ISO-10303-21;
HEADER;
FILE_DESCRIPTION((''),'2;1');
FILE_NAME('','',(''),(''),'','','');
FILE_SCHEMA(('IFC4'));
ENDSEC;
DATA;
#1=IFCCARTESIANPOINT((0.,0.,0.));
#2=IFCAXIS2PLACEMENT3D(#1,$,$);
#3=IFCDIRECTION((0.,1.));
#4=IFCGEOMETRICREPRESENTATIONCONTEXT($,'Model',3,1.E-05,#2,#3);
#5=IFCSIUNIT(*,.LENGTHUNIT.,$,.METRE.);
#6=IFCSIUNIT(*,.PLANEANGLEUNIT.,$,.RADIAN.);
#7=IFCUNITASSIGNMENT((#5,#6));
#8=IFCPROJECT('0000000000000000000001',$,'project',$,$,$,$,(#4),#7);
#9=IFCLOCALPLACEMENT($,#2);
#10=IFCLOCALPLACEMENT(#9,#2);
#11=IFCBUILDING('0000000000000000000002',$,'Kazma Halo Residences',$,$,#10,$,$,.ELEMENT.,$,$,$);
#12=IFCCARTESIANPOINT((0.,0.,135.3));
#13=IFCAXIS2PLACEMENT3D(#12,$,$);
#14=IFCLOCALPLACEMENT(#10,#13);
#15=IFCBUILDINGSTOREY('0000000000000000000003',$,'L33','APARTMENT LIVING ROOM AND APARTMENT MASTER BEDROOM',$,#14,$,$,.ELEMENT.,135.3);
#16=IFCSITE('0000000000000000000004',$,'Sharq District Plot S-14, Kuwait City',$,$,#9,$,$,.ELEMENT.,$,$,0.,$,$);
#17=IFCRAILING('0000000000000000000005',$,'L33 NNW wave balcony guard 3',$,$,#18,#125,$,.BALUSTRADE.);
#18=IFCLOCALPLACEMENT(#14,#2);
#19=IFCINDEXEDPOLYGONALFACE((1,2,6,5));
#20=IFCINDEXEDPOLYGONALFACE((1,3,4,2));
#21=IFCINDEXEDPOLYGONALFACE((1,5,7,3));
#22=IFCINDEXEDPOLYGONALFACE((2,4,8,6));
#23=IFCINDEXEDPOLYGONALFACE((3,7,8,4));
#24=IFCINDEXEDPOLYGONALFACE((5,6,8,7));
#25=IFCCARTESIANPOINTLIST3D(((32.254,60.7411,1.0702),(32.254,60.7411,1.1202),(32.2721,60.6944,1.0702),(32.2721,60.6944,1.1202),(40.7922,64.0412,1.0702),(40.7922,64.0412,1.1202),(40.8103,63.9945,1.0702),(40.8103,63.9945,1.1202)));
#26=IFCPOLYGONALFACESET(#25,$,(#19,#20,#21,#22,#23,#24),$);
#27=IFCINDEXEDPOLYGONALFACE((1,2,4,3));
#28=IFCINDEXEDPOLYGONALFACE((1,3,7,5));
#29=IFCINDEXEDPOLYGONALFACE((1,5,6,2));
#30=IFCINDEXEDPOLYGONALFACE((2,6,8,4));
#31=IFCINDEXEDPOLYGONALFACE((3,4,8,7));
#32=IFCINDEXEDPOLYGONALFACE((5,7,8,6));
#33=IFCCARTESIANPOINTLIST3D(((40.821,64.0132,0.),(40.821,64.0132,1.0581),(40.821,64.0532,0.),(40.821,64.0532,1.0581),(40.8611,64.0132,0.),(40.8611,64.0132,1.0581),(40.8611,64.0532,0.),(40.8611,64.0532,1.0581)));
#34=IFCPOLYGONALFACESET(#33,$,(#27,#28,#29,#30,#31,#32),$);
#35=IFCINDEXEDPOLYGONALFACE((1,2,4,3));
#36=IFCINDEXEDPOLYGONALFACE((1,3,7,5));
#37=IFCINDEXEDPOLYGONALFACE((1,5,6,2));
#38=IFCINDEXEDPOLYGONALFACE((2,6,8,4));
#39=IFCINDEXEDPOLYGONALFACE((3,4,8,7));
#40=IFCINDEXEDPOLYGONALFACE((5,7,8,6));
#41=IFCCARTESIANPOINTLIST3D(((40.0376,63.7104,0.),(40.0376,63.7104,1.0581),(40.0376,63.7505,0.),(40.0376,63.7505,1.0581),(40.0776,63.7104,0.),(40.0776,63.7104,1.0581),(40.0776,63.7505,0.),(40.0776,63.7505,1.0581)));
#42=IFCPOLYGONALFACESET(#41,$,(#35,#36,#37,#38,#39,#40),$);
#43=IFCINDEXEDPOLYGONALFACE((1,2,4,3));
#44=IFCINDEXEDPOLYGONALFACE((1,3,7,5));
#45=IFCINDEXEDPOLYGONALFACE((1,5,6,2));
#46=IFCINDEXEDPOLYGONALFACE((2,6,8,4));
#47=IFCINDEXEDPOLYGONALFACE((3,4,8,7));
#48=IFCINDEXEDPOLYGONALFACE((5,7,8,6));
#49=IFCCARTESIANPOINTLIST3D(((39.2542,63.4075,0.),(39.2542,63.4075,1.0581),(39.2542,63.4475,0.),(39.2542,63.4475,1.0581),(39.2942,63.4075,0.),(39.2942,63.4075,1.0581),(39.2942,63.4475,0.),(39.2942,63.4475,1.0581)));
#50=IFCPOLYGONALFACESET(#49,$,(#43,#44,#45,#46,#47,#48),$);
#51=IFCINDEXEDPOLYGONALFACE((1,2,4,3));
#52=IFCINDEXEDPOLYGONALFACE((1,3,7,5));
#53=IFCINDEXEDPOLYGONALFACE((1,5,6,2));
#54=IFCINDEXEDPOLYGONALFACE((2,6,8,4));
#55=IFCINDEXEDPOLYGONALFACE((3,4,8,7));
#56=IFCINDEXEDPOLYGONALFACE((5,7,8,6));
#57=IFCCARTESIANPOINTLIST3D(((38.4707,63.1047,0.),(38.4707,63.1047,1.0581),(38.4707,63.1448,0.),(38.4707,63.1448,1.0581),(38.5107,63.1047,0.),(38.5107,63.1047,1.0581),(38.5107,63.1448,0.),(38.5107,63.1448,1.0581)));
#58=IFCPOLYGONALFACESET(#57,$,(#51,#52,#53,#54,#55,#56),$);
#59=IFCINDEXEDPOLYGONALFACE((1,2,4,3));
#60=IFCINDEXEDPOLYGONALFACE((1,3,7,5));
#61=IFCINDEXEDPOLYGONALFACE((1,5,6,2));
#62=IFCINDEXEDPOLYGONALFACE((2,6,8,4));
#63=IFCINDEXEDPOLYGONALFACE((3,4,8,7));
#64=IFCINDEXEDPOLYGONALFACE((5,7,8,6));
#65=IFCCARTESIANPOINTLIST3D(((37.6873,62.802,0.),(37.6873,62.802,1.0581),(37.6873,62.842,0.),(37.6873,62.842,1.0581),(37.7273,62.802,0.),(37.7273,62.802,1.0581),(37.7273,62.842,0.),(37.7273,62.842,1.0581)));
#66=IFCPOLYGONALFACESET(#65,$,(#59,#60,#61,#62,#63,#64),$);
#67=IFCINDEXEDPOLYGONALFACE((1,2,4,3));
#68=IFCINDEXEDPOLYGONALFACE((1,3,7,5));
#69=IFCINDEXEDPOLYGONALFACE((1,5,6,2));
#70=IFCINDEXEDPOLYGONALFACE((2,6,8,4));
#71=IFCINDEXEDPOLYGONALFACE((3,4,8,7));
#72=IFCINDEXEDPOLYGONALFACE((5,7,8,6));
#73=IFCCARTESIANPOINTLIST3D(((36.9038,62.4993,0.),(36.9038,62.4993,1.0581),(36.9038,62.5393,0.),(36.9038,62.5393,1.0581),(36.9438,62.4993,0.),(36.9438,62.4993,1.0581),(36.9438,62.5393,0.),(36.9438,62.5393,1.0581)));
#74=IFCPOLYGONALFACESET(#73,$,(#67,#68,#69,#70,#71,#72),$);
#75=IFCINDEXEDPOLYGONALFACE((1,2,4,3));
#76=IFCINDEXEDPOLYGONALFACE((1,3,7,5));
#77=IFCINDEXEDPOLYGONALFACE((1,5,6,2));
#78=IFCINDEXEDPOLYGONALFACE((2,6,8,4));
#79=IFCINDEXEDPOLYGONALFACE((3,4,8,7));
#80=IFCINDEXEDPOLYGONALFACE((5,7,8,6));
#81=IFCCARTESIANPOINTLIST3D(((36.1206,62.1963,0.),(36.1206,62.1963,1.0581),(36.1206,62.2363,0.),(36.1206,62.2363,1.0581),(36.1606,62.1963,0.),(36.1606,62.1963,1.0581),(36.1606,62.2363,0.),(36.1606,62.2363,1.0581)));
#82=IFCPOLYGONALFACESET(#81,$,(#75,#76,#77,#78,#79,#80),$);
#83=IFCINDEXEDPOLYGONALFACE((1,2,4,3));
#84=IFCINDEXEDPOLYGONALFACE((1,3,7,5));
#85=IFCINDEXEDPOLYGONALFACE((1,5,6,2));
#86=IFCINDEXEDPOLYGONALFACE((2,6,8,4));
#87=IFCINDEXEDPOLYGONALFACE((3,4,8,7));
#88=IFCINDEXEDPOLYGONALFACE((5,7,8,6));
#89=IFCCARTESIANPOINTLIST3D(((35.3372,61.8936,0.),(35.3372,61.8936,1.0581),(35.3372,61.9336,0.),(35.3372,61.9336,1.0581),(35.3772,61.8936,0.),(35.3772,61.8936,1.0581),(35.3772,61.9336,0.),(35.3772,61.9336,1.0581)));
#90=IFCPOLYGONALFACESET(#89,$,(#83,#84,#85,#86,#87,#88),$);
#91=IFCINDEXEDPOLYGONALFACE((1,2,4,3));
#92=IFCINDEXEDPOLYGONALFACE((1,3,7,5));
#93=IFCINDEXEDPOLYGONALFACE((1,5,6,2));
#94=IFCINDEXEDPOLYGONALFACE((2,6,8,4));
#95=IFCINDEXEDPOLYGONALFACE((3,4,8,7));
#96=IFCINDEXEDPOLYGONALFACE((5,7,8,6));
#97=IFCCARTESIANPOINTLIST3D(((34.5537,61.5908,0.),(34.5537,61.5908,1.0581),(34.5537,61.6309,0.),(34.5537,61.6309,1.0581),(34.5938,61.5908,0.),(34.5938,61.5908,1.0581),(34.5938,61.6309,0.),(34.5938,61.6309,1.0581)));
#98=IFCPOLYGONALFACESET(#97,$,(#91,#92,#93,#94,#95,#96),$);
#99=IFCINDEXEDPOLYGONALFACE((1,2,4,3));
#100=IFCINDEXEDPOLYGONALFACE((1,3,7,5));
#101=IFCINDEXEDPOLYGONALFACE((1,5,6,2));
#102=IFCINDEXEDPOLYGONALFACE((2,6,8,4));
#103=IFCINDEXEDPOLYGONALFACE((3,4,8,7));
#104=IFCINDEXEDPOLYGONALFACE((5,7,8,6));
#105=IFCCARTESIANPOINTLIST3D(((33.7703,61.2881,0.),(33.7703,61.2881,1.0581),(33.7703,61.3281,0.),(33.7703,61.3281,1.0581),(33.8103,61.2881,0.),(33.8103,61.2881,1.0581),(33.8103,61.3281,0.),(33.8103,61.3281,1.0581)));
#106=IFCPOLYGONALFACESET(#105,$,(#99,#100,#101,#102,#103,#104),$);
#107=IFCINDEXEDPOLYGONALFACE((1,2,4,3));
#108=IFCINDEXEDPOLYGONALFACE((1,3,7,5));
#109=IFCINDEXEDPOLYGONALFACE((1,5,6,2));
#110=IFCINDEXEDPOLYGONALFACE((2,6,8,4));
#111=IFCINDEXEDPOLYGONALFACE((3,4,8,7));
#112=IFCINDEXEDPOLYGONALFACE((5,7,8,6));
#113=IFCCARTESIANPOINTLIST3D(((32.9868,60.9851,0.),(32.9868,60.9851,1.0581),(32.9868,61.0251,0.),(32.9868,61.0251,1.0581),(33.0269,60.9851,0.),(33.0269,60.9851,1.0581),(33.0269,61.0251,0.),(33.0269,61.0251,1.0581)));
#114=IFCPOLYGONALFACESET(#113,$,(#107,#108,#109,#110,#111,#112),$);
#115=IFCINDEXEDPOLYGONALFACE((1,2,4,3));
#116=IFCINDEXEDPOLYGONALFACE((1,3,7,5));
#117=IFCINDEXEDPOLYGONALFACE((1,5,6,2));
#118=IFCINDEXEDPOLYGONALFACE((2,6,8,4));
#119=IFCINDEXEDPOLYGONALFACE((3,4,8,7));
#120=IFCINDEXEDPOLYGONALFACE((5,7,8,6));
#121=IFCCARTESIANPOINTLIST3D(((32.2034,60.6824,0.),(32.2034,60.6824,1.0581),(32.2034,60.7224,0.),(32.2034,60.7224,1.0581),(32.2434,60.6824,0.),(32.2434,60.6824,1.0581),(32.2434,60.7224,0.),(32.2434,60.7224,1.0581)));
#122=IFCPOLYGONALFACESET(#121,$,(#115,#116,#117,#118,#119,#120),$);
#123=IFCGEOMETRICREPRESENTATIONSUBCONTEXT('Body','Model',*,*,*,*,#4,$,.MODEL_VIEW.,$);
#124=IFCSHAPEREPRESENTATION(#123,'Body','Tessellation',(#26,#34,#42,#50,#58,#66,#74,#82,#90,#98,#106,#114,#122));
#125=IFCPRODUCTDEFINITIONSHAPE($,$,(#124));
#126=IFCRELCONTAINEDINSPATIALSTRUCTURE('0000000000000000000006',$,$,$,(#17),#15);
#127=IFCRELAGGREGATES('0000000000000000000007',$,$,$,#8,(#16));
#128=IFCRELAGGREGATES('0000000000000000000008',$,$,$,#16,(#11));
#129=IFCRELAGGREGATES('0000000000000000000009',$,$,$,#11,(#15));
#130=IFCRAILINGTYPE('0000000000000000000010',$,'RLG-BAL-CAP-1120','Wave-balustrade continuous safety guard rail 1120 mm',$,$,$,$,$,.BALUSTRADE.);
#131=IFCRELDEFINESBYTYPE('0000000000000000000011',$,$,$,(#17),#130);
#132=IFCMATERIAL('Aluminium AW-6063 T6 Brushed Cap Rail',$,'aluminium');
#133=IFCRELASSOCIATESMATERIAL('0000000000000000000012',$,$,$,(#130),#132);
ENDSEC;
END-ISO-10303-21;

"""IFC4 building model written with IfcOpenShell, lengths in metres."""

from ifc_helpers import new_model, si_unit, direction, frame, origin, origin_2d, place, context, subcontext, project, spatial, rectangle, extrude, material, type_object, element, save


model = new_model("IFC4")

# Units and contexts
model_context = context("Model", 3, precision=1e-05, world=origin(), true_north=direction((0.0, 1.0)))
body_context = subcontext(model_context, "Body", "Model", "MODEL_VIEW")
ifc_project = project(units=[si_unit("LENGTHUNIT", "METRE"), si_unit("PLANEANGLEUNIT", "RADIAN")], contexts=[model_context])

# Site, building, storey
site_placement = place(None, origin())
site = spatial("IfcSite", under=ifc_project, at=site_placement, Name="Sharq District Plot S-14, Kuwait City", CompositionType="ELEMENT", RefElevation=0.0)
building_placement = place(site_placement, origin())
building = spatial("IfcBuilding", under=site, at=building_placement, Name="Kazma Halo Residences", CompositionType="ELEMENT")
storey_placement = place(building_placement, frame((0.0, 0.0, 135.3)))
storey = spatial("IfcBuildingStorey", under=building, at=storey_placement, Name="L33", Description="APARTMENT LIVING ROOM AND APARTMENT MASTER BEDROOM", CompositionType="ELEMENT", Elevation=135.3)

# Railing
ifc_material_1 = material(Name="Aluminium AW-6063 T6 Brushed Cap Rail", Category="aluminium")
railing_type = type_object("IfcRailingType", Name="RLG-BAL-CAP-1120", Description="Wave-balustrade continuous safety guard rail 1120 mm", PredefinedType="BALUSTRADE", material=ifc_material_1)
railing_placement = place(storey_placement, frame((40.8411, 64.0332, 0.0)))
element("IfcRailing", 1, at=railing_placement, inside=storey, type_object=railing_type, Name="L33 NNW wave balcony guard 3", PredefinedType="BALUSTRADE", context=body_context, shape_type="SweptSolid", body=[
    extrude(rectangle(XDim=0.05, YDim=0.05, at=origin_2d()), frame((-0.0398, -0.0154, 1.0952), z_axis=(-0.932752, -0.360517, 0.0), x_axis=(0.360517, -0.932752, 0.0)), (0.0, 0.0, 1.0), 9.1538),
    extrude(rectangle(XDim=0.04, YDim=0.04, at=origin_2d()), origin(), (0.0, 0.0, 1.0), 1.0581),
    extrude(rectangle(XDim=0.04, YDim=0.04, at=origin_2d()), frame((-0.7834, -0.3027, 0.0)), (0.0, 0.0, 1.0), 1.0581),
    extrude(rectangle(XDim=0.04, YDim=0.04, at=origin_2d()), frame((-1.5669, -0.6057, 0.0)), (0.0, 0.0, 1.0), 1.0581),
    extrude(rectangle(XDim=0.04, YDim=0.04, at=origin_2d()), frame((-2.3503, -0.9084, 0.0)), (0.0, 0.0, 1.0), 1.0581),
    extrude(rectangle(XDim=0.04, YDim=0.04, at=origin_2d()), frame((-3.1338, -1.2112, 0.0)), (0.0, 0.0, 1.0), 1.0581),
    extrude(rectangle(XDim=0.04, YDim=0.04, at=origin_2d()), frame((-3.9172, -1.5139, 0.0)), (0.0, 0.0, 1.0), 1.0581),
    extrude(rectangle(XDim=0.04, YDim=0.04, at=origin_2d()), frame((-4.7004, -1.8169, 0.0)), (0.0, 0.0, 1.0), 1.0581),
    extrude(rectangle(XDim=0.04, YDim=0.04, at=origin_2d()), frame((-5.4839, -2.1196, 0.0)), (0.0, 0.0, 1.0), 1.0581),
    extrude(rectangle(XDim=0.04, YDim=0.04, at=origin_2d()), frame((-6.2673, -2.4224, 0.0)), (0.0, 0.0, 1.0), 1.0581),
    extrude(rectangle(XDim=0.04, YDim=0.04, at=origin_2d()), frame((-7.0508, -2.7251, 0.0)), (0.0, 0.0, 1.0), 1.0581),
    extrude(rectangle(XDim=0.04, YDim=0.04, at=origin_2d()), frame((-7.8342, -3.0281, 0.0)), (0.0, 0.0, 1.0), 1.0581),
    extrude(rectangle(XDim=0.04, YDim=0.04, at=origin_2d()), frame((-8.6177, -3.3308, 0.0)), (0.0, 0.0, 1.0), 1.0581),
])

save(model, "model.ifc")
